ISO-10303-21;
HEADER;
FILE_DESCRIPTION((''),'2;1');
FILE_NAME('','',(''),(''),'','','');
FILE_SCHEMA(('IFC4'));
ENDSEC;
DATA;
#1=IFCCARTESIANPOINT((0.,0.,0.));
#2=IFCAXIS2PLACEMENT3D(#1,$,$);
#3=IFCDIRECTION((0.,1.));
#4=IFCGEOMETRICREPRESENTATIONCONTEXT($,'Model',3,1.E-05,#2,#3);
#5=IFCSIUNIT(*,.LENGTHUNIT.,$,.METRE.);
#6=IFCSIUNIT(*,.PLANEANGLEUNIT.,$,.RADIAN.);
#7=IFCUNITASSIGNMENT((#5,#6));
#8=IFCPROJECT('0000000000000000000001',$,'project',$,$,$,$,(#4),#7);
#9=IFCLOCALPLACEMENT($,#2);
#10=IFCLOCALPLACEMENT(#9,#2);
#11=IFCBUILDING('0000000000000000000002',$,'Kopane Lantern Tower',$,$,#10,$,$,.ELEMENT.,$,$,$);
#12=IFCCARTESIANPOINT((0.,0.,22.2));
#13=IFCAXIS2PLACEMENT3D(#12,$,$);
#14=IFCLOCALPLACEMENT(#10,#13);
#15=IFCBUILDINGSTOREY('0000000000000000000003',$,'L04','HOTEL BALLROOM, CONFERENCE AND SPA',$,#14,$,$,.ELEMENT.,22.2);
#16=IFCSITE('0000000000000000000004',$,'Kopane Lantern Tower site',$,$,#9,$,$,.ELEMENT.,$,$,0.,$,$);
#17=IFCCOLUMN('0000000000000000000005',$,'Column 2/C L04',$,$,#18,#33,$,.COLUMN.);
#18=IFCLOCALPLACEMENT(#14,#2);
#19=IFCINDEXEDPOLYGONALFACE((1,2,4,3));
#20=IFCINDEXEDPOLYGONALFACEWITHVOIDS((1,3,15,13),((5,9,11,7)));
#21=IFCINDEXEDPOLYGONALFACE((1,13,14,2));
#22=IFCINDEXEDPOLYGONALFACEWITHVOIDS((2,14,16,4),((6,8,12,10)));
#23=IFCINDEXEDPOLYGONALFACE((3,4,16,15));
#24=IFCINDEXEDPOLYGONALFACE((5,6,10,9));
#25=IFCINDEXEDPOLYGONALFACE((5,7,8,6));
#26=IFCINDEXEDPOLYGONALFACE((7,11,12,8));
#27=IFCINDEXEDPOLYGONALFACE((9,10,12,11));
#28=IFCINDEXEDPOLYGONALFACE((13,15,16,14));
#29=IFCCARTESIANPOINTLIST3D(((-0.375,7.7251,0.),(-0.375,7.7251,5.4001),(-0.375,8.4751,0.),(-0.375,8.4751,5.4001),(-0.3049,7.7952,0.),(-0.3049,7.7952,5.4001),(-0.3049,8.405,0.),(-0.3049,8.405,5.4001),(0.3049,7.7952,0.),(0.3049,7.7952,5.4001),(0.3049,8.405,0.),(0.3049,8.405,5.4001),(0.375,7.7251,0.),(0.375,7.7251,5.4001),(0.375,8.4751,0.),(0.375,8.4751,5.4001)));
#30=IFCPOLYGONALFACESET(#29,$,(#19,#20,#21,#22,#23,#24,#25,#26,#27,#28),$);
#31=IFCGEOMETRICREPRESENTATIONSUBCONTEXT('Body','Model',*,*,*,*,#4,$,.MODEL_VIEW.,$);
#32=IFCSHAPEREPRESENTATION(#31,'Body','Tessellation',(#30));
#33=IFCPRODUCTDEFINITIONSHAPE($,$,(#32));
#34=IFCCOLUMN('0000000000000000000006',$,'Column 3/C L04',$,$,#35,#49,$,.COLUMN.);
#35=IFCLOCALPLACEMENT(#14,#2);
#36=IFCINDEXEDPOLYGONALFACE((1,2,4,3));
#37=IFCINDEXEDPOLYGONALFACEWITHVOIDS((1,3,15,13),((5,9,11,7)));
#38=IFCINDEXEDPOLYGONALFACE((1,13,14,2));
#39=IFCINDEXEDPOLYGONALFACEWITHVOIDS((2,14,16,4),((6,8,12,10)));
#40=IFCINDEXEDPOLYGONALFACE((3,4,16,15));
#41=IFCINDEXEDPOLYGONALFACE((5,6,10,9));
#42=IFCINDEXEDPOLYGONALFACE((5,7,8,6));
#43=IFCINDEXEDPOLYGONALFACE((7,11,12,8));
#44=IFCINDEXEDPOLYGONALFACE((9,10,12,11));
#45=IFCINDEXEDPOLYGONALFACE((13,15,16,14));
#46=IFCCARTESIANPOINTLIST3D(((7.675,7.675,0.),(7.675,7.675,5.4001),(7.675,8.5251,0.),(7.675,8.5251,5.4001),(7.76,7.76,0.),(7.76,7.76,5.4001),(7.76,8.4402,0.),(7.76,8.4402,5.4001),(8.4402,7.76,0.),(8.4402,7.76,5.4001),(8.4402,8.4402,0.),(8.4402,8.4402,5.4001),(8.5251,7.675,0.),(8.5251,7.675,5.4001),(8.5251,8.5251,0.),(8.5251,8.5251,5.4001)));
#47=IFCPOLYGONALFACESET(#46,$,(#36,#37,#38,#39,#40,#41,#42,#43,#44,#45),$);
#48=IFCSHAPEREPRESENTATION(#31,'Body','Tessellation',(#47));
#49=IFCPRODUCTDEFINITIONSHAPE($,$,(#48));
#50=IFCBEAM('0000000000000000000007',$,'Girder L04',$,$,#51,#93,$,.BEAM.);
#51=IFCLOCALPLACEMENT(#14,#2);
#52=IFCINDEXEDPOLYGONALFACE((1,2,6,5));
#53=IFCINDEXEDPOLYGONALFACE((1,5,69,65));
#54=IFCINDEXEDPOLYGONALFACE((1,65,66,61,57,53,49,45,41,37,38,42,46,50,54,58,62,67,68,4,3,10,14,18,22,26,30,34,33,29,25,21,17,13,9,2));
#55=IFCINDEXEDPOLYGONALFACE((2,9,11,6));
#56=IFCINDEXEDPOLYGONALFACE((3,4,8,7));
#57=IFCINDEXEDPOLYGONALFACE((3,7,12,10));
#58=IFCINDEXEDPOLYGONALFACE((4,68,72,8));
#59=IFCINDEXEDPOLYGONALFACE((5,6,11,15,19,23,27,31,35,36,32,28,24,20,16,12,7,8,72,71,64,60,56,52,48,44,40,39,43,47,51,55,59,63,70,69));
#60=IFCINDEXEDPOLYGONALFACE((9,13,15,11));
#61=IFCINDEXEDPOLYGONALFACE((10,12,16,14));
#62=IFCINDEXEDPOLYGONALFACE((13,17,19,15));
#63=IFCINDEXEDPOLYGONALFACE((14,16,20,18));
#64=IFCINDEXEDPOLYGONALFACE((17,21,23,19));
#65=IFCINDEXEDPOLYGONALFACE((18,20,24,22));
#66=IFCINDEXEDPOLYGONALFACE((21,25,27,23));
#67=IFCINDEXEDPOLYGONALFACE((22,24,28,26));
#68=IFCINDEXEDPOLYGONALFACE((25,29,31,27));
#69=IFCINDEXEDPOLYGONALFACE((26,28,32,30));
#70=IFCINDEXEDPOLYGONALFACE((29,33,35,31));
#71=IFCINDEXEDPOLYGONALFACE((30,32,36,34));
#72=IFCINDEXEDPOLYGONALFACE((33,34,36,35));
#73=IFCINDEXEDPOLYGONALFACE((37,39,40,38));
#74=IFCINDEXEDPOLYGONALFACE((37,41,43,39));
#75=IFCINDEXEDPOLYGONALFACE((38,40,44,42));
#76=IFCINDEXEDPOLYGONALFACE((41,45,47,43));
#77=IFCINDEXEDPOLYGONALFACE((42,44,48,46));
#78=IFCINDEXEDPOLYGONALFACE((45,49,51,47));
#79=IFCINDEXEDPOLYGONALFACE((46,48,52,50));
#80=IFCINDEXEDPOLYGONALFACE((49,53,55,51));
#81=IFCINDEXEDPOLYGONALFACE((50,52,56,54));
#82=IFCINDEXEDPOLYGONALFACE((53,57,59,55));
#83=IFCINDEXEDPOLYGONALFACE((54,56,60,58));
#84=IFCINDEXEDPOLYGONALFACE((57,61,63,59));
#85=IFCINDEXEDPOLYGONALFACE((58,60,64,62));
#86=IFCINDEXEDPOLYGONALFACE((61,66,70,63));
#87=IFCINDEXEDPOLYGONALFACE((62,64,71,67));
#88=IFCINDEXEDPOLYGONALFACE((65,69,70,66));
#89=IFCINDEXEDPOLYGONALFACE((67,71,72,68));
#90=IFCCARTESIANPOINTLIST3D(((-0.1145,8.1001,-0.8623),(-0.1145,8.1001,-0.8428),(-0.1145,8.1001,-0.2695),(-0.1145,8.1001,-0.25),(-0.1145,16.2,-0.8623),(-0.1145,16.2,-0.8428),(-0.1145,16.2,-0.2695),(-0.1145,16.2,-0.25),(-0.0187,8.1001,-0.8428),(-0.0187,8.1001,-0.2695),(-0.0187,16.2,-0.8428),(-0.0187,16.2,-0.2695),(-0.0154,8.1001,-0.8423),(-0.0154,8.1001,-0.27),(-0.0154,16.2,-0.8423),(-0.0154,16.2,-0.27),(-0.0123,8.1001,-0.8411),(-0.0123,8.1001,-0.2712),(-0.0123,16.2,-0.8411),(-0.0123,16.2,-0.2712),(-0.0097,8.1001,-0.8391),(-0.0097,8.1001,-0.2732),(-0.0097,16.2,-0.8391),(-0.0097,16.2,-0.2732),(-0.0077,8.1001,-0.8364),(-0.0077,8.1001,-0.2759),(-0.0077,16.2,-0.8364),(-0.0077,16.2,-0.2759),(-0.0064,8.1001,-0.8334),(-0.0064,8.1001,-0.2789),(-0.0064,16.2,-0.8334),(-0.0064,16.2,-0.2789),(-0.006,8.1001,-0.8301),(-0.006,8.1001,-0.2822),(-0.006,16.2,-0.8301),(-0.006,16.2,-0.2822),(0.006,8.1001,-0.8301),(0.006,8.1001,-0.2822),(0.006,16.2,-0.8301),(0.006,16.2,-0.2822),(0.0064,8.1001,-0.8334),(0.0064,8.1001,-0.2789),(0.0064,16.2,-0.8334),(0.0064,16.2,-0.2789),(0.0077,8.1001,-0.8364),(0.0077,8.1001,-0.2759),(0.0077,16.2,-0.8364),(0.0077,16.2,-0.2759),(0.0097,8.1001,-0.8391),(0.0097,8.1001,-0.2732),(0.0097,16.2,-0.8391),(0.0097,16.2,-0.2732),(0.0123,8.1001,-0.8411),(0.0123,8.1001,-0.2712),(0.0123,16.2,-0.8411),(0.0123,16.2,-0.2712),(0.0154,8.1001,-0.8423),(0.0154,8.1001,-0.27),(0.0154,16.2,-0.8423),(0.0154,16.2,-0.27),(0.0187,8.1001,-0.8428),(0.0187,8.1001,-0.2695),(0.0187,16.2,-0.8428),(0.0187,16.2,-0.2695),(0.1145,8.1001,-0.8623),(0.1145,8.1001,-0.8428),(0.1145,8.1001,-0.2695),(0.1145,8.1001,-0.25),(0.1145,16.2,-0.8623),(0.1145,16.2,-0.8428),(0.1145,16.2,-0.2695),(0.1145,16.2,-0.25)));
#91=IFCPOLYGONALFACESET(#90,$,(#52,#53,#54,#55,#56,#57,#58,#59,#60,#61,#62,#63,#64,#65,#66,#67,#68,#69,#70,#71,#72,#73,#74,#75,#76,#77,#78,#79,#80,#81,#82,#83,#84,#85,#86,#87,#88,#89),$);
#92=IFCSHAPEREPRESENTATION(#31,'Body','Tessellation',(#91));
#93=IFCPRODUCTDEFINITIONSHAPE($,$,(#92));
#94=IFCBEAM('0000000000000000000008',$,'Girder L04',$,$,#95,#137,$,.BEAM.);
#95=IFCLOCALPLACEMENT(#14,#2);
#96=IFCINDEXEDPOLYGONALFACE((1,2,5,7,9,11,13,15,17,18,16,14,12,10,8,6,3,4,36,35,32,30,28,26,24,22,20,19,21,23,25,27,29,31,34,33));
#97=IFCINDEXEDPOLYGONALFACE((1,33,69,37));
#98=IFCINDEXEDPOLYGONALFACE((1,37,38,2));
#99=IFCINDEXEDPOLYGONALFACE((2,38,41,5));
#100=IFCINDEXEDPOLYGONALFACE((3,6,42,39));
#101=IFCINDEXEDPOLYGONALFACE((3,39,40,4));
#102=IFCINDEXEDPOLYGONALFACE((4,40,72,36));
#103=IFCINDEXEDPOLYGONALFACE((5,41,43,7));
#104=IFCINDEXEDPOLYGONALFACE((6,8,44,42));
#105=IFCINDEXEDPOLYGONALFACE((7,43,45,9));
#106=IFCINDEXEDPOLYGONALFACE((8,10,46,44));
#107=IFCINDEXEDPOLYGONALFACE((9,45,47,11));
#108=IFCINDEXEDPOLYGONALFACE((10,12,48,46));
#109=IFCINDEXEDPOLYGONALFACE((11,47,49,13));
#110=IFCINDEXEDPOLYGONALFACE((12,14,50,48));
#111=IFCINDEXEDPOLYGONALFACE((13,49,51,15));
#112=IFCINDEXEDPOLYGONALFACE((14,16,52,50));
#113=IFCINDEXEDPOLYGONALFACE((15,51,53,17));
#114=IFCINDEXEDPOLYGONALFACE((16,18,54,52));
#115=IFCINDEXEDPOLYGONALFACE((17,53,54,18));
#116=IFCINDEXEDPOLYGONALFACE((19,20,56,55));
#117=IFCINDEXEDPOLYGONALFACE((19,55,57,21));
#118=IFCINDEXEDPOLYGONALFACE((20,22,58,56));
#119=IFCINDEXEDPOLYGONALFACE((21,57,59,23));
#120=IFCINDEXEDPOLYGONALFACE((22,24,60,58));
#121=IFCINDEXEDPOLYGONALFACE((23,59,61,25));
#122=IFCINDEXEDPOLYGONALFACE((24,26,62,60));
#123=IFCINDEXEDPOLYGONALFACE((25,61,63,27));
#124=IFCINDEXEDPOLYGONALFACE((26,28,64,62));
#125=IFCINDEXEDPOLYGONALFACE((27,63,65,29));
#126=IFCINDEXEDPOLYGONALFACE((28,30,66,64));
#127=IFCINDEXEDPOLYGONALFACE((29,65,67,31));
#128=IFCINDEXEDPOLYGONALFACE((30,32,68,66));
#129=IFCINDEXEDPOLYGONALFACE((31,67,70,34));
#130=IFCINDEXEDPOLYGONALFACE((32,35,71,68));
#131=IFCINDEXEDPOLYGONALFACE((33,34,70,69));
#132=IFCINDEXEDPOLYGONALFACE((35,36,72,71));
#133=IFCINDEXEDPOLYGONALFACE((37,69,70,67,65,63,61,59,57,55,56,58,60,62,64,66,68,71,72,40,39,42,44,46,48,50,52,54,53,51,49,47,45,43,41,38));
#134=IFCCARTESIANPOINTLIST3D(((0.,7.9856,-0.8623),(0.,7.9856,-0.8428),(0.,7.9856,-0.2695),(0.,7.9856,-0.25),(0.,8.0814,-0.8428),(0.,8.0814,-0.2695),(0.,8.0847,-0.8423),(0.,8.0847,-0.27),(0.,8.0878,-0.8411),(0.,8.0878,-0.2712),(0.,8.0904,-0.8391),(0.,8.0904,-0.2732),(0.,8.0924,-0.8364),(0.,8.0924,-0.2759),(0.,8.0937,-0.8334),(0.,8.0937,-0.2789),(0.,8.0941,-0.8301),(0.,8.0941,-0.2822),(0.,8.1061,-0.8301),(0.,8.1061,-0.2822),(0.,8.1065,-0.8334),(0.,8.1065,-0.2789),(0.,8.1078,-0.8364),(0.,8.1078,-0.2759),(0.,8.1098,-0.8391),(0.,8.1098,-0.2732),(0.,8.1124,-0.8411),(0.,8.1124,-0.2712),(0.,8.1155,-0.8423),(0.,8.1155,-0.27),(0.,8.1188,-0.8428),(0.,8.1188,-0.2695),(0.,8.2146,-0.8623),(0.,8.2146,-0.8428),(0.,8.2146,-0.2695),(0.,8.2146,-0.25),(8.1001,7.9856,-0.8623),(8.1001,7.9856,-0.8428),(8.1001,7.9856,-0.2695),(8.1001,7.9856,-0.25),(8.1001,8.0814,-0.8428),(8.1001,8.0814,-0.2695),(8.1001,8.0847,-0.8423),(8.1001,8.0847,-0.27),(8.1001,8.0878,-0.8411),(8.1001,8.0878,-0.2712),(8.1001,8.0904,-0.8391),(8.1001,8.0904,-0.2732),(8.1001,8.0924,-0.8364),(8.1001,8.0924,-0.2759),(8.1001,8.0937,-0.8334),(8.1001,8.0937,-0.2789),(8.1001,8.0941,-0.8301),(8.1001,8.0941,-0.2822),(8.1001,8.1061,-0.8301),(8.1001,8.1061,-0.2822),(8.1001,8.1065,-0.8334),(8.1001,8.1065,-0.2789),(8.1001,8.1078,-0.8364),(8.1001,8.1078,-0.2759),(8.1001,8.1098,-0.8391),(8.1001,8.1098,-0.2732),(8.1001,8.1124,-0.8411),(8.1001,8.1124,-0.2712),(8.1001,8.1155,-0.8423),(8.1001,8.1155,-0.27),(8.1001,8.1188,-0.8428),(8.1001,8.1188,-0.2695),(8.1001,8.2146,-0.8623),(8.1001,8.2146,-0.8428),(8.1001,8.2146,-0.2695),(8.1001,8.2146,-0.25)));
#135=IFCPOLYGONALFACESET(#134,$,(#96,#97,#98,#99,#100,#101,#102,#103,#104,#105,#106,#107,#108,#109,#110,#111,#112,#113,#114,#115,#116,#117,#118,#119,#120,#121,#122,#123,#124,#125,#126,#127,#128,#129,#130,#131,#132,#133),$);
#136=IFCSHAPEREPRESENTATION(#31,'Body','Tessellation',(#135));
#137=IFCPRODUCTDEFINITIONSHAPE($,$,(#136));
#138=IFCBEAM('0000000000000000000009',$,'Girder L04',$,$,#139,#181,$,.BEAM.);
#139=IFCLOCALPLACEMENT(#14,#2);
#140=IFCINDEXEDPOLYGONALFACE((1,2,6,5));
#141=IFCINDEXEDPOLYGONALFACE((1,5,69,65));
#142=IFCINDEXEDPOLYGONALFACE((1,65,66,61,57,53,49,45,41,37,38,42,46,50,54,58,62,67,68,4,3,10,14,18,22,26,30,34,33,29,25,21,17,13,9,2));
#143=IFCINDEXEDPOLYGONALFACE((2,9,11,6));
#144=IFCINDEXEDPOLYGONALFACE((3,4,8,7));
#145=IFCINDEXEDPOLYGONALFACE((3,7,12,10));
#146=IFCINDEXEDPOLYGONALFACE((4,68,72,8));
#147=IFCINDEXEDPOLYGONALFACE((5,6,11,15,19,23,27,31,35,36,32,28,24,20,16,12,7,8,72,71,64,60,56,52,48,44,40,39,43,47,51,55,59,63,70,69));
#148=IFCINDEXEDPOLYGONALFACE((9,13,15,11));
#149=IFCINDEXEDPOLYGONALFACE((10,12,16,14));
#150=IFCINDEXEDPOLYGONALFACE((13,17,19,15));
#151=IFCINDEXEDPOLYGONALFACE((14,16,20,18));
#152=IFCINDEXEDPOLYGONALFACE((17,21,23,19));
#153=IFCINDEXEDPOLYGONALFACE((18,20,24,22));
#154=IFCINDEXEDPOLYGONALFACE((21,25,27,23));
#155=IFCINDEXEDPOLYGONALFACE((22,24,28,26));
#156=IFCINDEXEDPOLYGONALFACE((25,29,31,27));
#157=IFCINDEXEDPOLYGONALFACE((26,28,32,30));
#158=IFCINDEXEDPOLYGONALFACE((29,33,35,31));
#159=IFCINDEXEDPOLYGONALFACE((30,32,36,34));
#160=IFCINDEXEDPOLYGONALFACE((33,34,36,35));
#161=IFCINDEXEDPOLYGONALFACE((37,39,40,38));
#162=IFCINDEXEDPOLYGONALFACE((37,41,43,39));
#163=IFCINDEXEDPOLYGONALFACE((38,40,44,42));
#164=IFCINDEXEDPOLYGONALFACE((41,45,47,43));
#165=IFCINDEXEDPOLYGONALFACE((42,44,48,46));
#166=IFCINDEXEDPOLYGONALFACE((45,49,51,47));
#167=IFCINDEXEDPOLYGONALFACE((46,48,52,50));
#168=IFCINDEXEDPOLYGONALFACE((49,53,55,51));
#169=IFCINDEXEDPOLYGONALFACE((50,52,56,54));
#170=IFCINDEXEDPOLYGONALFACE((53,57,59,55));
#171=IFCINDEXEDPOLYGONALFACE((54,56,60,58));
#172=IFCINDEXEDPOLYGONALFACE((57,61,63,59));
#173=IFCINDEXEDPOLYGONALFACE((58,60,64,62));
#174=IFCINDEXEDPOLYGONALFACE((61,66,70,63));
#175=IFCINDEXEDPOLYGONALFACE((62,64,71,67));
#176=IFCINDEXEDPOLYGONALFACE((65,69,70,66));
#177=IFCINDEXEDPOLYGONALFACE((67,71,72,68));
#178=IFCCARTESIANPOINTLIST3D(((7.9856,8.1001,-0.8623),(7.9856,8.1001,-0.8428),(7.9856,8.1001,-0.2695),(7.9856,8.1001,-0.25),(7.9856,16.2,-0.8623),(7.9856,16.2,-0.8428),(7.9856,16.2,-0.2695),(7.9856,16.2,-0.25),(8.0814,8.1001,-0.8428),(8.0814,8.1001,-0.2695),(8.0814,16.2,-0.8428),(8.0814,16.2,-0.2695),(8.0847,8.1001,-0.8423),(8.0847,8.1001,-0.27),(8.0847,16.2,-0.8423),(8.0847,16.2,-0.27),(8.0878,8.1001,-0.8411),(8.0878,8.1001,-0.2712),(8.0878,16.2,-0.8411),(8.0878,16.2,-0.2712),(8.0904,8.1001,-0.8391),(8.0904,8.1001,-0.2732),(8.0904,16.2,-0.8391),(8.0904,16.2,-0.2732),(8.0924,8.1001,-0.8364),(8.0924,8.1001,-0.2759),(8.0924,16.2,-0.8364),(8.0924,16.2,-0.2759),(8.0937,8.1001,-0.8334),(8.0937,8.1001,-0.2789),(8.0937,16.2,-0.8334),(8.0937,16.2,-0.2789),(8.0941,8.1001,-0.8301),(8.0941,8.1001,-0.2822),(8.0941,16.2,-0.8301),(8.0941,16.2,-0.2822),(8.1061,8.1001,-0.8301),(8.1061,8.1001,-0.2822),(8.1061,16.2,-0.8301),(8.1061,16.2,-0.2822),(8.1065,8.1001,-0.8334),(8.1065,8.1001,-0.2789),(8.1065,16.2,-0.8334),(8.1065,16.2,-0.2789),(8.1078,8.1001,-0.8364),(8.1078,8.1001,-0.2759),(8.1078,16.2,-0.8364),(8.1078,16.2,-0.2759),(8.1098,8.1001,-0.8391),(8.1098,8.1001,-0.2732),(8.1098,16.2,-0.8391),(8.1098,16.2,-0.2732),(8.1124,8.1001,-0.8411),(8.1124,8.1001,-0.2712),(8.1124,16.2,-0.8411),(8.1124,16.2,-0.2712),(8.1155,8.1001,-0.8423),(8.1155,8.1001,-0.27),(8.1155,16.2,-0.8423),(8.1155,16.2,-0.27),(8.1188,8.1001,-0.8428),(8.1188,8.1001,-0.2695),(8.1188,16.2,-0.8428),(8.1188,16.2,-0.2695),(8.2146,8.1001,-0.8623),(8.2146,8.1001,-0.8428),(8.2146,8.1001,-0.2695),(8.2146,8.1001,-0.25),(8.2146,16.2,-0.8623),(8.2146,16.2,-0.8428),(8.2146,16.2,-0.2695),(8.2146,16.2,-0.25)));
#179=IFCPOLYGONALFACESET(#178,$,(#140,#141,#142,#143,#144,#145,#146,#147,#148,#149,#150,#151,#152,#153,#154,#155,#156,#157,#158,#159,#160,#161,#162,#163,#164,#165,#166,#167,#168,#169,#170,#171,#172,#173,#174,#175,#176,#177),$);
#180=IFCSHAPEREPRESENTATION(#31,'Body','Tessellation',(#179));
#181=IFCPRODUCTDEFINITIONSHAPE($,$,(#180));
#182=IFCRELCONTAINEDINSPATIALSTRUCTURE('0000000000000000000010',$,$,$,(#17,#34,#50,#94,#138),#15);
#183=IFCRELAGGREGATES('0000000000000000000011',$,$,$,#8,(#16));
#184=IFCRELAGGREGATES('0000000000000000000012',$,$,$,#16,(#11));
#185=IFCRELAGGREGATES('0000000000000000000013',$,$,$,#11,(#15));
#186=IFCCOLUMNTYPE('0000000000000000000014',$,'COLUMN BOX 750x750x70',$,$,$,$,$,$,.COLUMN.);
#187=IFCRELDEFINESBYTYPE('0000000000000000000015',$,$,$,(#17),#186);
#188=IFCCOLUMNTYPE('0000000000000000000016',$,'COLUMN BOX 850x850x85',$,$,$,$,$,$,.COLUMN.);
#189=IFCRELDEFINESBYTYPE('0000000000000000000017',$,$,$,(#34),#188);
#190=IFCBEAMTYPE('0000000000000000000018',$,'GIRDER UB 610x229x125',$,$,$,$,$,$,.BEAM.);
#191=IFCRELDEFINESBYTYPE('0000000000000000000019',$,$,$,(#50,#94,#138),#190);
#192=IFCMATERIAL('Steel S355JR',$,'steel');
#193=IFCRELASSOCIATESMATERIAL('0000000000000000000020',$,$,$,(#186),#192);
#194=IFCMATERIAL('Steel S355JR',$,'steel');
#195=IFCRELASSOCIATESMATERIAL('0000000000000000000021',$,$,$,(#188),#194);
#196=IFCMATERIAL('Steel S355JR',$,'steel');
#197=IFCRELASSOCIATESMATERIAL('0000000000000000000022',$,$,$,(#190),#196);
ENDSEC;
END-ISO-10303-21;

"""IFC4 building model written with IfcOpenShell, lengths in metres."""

from ifc_helpers import new_model, si_unit, direction, frame, origin, origin_2d, place, context, subcontext, project, spatial, hollow_rectangle, i_section, extrude, material, material_profile, profile_set, type_object, element, save


model = new_model("IFC4")

# Units and contexts
model_context = context("Model", 3, precision=1e-05, world=origin(), true_north=direction((0.0, 1.0)))
body_context = subcontext(model_context, "Body", "Model", "MODEL_VIEW")
ifc_project = project(units=[si_unit("LENGTHUNIT", "METRE"), si_unit("PLANEANGLEUNIT", "RADIAN")], contexts=[model_context])

# Site, building, storey
site_placement = place(None, origin())
site = spatial("IfcSite", under=ifc_project, at=site_placement, Name="Kopane Lantern Tower site", CompositionType="ELEMENT", RefElevation=0.0)
building_placement = place(site_placement, origin())
building = spatial("IfcBuilding", under=site, at=building_placement, Name="Kopane Lantern Tower", CompositionType="ELEMENT")
storey_placement = place(building_placement, frame((0.0, 0.0, 22.2)))
storey = spatial("IfcBuildingStorey", under=building, at=storey_placement, Name="L04", Description="HOTEL BALLROOM, CONFERENCE AND SPA", CompositionType="ELEMENT", Elevation=22.2)

# Columns
ifc_material_1 = material(Name="Steel S355JR", Category="steel")
ifc_material_profile_1 = material_profile(ifc_material_1, hollow_rectangle(XDim=0.75, YDim=0.75, WallThickness=0.0701, at=origin_2d()), Name="BOX 750x750x70")
ifc_profile_set_1 = profile_set([ifc_material_profile_1], Name="Steel S355JR")
column_type_1 = type_object("IfcColumnType", Name="COLUMN BOX 750x750x70", PredefinedType="COLUMN", material=ifc_profile_set_1)
column_1_placement = place(storey_placement, frame((0.0, 8.1001, 0.0), z_axis=(0.0, 0.0, 1.0), x_axis=(1.0, 0.0, 0.0)))
element("IfcColumn", 1, at=column_1_placement, inside=storey, type_object=column_type_1, Name="Column 2/C L04", PredefinedType="COLUMN", context=body_context, shape_type="SweptSolid", body=[
    extrude(hollow_rectangle(XDim=0.75, YDim=0.75, WallThickness=0.0701, at=origin_2d()), origin(), (0.0, 0.0, 1.0), 5.4001),
])
ifc_material_2 = material(Name="Steel S355JR", Category="steel")
ifc_material_profile_2 = material_profile(ifc_material_2, hollow_rectangle(XDim=0.8501, YDim=0.8501, WallThickness=0.085, at=origin_2d()), Name="BOX 850x850x85")
ifc_profile_set_2 = profile_set([ifc_material_profile_2], Name="Steel S355JR")
column_type_2 = type_object("IfcColumnType", Name="COLUMN BOX 850x850x85", PredefinedType="COLUMN", material=ifc_profile_set_2)
column_2_placement = place(storey_placement, frame((8.1001, 8.1001, 0.0), z_axis=(0.0, 0.0, 1.0), x_axis=(1.0, 0.0, 0.0)))
element("IfcColumn", 2, at=column_2_placement, inside=storey, type_object=column_type_2, Name="Column 3/C L04", PredefinedType="COLUMN", context=body_context, shape_type="SweptSolid", body=[
    extrude(hollow_rectangle(XDim=0.8501, YDim=0.8501, WallThickness=0.085, at=origin_2d()), origin(), (0.0, 0.0, 1.0), 5.4001),
])

# Beams
ifc_material_3 = material(Name="Steel S355JR", Category="steel")
ifc_material_profile_3 = material_profile(ifc_material_3, i_section(OverallWidth=0.229, OverallDepth=0.6123, WebThickness=0.012, FlangeThickness=0.0195, FilletRadius=0.0127, at=origin_2d()), Name="UB 610x229x125")
ifc_profile_set_3 = profile_set([ifc_material_profile_3], Name="Steel S355JR")
beam_type = type_object("IfcBeamType", Name="GIRDER UB 610x229x125", PredefinedType="BEAM", material=ifc_profile_set_3)
beam_1_placement = place(storey_placement, frame((0.0, 8.1001, -0.5562), z_axis=(0.0, 1.0, 0.0), x_axis=(-1.0, 0.0, 0.0)))
element("IfcBeam", 3, at=beam_1_placement, inside=storey, type_object=beam_type, Name="Girder L04", PredefinedType="BEAM", context=body_context, shape_type="SweptSolid", body=[
    extrude(i_section(OverallWidth=0.229, OverallDepth=0.6123, WebThickness=0.012, FlangeThickness=0.0195, FilletRadius=0.0127, at=origin_2d()), origin(), (0.0, 0.0, 1.0), 8.0999),
])
beam_2_placement = place(storey_placement, frame((0.0, 8.1001, -0.5562), z_axis=(1.0, 0.0, 0.0), x_axis=(0.0, 1.0, 0.0)))
element("IfcBeam", 4, at=beam_2_placement, inside=storey, type_object=beam_type, Name="Girder L04", PredefinedType="BEAM", context=body_context, shape_type="SweptSolid", body=[
    extrude(i_section(OverallWidth=0.229, OverallDepth=0.6123, WebThickness=0.012, FlangeThickness=0.0195, FilletRadius=0.0127, at=origin_2d()), origin(), (0.0, 0.0, 1.0), 8.1001),
])
for number, where, z_axis, x_axis, name in (
    (5, (8.1001, 8.1001, -0.5562), (0.0, 1.0, 0.0), (-1.0, 0.0, 0.0), "Girder L04"),
):
    element("IfcBeam", number, at=place(storey_placement, frame(where, z_axis=z_axis, x_axis=x_axis)), inside=storey, type_object=beam_type, Name=name, PredefinedType="BEAM", context=body_context, shape_type="SweptSolid", body=[
        extrude(i_section(OverallWidth=0.229, OverallDepth=0.6123, WebThickness=0.012, FlangeThickness=0.0195, FilletRadius=0.0127, at=origin_2d()), origin(), (0.0, 0.0, 1.0), 8.0999),
    ])

save(model, "model.ifc")
